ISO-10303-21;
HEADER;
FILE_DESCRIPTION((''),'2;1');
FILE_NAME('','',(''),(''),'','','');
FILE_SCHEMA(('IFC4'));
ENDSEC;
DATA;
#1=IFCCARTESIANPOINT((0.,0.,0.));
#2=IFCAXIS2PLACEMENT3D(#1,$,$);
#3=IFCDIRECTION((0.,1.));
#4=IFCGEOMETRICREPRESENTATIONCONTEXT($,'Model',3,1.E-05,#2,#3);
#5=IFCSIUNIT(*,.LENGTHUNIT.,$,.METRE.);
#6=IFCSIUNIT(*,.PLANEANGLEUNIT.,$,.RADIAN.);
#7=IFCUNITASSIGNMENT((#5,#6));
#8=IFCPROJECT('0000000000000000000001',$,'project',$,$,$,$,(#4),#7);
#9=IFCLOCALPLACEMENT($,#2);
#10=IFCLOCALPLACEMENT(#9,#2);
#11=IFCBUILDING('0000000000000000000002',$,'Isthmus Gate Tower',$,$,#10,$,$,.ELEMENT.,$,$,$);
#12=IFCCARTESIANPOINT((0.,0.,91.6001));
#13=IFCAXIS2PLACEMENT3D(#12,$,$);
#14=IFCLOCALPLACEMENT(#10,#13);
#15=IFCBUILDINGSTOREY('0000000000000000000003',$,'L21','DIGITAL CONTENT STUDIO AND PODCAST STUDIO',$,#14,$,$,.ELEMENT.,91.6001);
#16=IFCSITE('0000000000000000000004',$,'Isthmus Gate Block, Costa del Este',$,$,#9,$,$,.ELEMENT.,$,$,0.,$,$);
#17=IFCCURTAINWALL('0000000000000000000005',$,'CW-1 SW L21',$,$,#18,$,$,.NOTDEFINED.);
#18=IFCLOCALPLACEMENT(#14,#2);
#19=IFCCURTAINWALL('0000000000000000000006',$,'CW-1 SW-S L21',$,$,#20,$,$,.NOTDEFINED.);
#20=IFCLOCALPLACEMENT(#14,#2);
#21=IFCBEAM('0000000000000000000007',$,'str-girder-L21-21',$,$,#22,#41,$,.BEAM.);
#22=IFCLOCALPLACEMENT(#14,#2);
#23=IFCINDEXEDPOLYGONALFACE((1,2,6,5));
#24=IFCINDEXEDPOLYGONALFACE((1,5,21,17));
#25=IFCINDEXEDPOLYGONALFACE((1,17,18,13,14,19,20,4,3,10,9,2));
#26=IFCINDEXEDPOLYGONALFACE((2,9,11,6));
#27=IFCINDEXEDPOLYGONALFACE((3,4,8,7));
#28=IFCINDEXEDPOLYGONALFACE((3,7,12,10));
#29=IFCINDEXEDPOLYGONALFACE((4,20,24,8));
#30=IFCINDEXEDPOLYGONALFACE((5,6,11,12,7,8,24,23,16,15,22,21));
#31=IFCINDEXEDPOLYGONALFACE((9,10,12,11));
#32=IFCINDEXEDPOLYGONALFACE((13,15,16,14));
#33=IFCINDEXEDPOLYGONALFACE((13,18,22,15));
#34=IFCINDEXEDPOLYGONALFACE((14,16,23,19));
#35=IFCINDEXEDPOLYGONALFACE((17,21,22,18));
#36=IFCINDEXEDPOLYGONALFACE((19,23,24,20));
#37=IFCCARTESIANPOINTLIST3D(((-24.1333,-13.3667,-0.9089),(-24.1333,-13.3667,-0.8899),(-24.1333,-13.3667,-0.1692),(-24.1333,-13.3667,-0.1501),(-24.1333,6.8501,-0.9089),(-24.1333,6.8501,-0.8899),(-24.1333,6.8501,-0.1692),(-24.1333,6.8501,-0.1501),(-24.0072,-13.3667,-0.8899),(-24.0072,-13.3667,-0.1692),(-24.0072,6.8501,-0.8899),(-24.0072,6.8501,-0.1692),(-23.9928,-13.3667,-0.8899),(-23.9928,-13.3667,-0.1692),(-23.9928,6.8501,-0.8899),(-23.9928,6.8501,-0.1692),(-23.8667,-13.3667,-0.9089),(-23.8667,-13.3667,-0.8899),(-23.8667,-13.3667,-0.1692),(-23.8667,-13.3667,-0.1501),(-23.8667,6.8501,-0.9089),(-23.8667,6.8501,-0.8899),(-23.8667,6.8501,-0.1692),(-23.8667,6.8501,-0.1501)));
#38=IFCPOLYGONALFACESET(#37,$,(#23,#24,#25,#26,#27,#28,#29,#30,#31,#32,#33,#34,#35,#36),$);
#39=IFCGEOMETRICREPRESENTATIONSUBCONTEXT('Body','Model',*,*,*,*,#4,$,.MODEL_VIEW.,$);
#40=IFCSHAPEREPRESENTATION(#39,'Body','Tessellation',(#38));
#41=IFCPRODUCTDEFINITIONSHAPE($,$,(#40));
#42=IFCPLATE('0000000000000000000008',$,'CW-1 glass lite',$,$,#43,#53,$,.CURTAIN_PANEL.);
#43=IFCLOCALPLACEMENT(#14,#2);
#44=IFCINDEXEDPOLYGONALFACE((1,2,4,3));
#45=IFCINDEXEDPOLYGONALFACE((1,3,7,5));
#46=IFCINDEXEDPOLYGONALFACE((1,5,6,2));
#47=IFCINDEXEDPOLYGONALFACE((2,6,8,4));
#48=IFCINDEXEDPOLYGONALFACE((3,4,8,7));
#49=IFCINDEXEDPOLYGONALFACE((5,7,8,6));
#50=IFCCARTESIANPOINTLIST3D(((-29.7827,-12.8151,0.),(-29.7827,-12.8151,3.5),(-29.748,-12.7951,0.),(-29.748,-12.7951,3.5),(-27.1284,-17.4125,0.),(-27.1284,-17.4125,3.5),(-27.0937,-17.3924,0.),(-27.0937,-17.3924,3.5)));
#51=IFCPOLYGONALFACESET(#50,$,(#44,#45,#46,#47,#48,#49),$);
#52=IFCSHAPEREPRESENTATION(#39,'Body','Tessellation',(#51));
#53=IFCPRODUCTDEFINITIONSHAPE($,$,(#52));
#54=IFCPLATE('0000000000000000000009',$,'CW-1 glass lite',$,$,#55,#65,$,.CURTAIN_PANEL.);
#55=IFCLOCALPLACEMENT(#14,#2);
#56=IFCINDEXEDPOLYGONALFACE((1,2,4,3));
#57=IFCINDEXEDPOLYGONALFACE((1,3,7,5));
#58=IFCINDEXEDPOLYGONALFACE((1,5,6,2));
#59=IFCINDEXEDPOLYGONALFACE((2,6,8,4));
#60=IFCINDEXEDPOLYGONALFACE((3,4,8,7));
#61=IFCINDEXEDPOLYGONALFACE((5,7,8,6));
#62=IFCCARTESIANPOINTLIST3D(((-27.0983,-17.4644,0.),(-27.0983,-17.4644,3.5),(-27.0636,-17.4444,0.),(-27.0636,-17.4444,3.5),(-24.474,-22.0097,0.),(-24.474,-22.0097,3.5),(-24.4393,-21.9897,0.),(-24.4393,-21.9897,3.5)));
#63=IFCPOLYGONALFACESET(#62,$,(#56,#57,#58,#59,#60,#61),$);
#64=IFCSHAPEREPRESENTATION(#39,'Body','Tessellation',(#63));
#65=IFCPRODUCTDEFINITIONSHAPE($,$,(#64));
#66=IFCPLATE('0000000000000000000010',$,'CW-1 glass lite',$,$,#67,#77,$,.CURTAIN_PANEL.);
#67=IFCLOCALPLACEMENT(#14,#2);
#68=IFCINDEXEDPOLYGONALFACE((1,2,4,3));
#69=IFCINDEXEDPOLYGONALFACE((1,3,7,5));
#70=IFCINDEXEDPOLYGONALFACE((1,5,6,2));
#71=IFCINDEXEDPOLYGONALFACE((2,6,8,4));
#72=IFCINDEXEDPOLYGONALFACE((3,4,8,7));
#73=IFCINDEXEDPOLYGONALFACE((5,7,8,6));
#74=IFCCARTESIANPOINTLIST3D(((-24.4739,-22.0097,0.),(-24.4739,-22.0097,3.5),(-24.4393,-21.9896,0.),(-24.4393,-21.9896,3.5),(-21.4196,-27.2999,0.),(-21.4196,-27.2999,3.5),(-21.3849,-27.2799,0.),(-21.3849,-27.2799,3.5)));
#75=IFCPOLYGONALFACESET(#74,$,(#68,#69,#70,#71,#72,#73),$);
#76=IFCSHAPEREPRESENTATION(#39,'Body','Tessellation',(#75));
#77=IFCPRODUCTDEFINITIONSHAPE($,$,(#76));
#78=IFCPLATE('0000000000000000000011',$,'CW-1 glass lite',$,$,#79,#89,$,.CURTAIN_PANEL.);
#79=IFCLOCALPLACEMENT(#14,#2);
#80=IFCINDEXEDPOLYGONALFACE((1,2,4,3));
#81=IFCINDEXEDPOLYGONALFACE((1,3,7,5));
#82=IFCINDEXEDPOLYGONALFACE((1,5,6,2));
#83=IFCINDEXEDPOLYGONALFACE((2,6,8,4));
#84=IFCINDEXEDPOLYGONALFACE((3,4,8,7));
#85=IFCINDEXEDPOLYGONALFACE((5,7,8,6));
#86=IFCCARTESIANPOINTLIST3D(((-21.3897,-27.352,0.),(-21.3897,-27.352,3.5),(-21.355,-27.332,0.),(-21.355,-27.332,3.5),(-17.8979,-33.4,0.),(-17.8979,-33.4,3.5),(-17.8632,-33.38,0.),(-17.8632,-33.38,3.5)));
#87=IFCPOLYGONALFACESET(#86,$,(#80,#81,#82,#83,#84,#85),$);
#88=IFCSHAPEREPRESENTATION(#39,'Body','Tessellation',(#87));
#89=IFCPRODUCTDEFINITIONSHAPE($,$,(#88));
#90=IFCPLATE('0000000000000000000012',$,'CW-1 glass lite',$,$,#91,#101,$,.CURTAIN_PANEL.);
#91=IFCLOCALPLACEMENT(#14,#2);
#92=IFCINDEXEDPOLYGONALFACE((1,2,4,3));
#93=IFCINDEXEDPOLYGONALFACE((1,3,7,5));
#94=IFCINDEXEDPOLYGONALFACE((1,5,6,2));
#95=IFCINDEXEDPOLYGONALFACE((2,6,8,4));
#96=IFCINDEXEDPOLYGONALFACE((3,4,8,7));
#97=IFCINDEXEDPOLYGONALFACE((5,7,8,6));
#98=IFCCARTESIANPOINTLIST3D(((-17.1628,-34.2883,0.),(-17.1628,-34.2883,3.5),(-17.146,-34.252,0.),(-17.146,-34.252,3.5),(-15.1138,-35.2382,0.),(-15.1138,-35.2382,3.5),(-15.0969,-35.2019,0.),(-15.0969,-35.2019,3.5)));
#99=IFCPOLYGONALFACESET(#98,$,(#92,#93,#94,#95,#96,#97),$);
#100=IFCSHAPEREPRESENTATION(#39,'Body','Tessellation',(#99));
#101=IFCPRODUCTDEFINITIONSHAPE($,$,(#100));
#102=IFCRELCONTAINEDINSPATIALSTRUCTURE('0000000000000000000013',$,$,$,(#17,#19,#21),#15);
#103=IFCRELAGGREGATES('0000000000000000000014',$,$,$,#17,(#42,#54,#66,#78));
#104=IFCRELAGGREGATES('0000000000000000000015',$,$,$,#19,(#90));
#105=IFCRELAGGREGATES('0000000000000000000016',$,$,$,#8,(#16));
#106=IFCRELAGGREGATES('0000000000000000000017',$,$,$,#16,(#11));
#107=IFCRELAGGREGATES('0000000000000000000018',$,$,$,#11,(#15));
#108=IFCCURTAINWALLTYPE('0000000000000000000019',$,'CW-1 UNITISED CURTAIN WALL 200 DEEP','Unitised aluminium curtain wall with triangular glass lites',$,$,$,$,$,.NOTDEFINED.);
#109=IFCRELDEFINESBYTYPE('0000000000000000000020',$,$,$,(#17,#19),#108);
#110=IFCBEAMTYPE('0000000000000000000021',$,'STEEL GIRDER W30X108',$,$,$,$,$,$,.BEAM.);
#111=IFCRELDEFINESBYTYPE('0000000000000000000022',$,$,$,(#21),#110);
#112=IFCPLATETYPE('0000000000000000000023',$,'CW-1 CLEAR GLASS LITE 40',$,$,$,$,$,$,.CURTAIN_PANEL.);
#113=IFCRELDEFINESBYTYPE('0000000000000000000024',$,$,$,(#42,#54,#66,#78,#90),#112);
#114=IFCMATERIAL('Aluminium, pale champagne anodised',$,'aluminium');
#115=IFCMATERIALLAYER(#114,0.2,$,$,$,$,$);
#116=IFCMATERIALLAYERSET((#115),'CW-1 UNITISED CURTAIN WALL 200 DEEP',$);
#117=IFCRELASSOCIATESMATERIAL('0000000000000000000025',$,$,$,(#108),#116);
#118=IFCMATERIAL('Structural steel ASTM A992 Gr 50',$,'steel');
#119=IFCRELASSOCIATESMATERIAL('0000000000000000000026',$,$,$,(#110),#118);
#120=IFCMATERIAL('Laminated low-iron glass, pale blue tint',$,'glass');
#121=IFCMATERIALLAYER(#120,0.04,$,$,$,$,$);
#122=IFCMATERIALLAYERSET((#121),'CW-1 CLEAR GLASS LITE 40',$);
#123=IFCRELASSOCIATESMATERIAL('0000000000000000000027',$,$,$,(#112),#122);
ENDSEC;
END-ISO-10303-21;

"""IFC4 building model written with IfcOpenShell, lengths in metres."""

from ifc_helpers import new_model, si_unit, direction, frame, origin, origin_2d, place, context, subcontext, project, spatial, rectangle, i_section, extrude, material, layer, layer_set, material_profile, profile_set, type_object, element, aggregate, save


model = new_model("IFC4")

# Units and contexts
model_context = context("Model", 3, precision=1e-05, world=origin(), true_north=direction((0.0, 1.0)))
body_context = subcontext(model_context, "Body", "Model", "MODEL_VIEW")
ifc_project = project(units=[si_unit("LENGTHUNIT", "METRE"), si_unit("PLANEANGLEUNIT", "RADIAN")], contexts=[model_context])

# Site, building, storey
site_placement = place(None, origin())
site = spatial("IfcSite", under=ifc_project, at=site_placement, Name="Isthmus Gate Block, Costa del Este", CompositionType="ELEMENT", RefElevation=0.0)
building_placement = place(site_placement, origin())
building = spatial("IfcBuilding", under=site, at=building_placement, Name="Isthmus Gate Tower", CompositionType="ELEMENT")
storey_placement = place(building_placement, frame((0.0, 0.0, 91.6001)))
storey = spatial("IfcBuildingStorey", under=building, at=storey_placement, Name="L21", Description="DIGITAL CONTENT STUDIO AND PODCAST STUDIO", CompositionType="ELEMENT", Elevation=91.6001)

# Curtain wall
ifc_material_1 = material(Name="Aluminium, pale champagne anodised", Category="aluminium")
ifc_layer_1 = layer(ifc_material_1, 0.2)
ifc_layer_set_1 = layer_set([ifc_layer_1], Name="CW-1 UNITISED CURTAIN WALL 200 DEEP")
curtain_wall_type = type_object("IfcCurtainWallType", Name="CW-1 UNITISED CURTAIN WALL 200 DEEP", Description="Unitised aluminium curtain wall with triangular glass lites", PredefinedType="NOTDEFINED", material=ifc_layer_set_1)
curtain_wall_1_placement = place(storey_placement, origin())
curtain_wall_1 = element("IfcCurtainWall", 1, at=curtain_wall_1_placement, inside=storey, type_object=curtain_wall_type, Name="CW-1 SW L21", PredefinedType="NOTDEFINED")

# Curtain wall
curtain_wall_2_placement = place(storey_placement, origin())
curtain_wall_2 = element("IfcCurtainWall", 2, at=curtain_wall_2_placement, inside=storey, type_object=curtain_wall_type, Name="CW-1 SW-S L21", PredefinedType="NOTDEFINED")

# Beam
ifc_material_2 = material(Name="Structural steel ASTM A992 Gr 50", Category="steel")
ifc_material_profile_1 = material_profile(ifc_material_2, i_section(OverallWidth=0.2666, OverallDepth=0.7588, WebThickness=0.0144, FlangeThickness=0.019, at=origin_2d()), Name="W30X108")
ifc_profile_set_1 = profile_set([ifc_material_profile_1], Name="Structural steel ASTM A992 Gr 50")
beam_type_1 = type_object("IfcBeamType", Name="STEEL GIRDER W30X108", PredefinedType="BEAM", material=ifc_profile_set_1)
beam_1_placement = place(storey_placement, frame((-24.0, -13.3667, -0.5295), z_axis=(0.0, 1.0, 0.0), x_axis=(-1.0, 0.0, 0.0)))
element("IfcBeam", 3, at=beam_1_placement, inside=storey, type_object=beam_type_1, Name="str-girder-L21-21", PredefinedType="BEAM", context=body_context, shape_type="SweptSolid", body=[
    extrude(i_section(OverallWidth=0.2666, OverallDepth=0.7588, WebThickness=0.0144, FlangeThickness=0.019, at=origin_2d()), origin(), (0.0, 0.0, 1.0), 20.2168),
])

# Plates
ifc_material_3 = material(Name="Laminated low-iron glass, pale blue tint", Category="glass")
ifc_layer_2 = layer(ifc_material_3, 0.04)
ifc_layer_set_2 = layer_set([ifc_layer_2], Name="CW-1 CLEAR GLASS LITE 40")
plate_type = type_object("IfcPlateType", Name="CW-1 CLEAR GLASS LITE 40", PredefinedType="CURTAIN_PANEL", material=ifc_layer_set_2)
plate_1_placement = place(storey_placement, frame((-28.4382, -15.1038, 0.0), z_axis=(0.0, 0.0, 1.0), x_axis=(0.5, -0.866025, 0.0)))
plate_1 = element("IfcPlate", 4, at=plate_1_placement, type_object=plate_type, Name="CW-1 glass lite", PredefinedType="CURTAIN_PANEL", context=body_context, shape_type="SweptSolid", body=[
    extrude(rectangle(XDim=5.3086, YDim=0.04, at=origin_2d()), origin(), (0.0, 0.0, 1.0), 3.5),
])
plate_2_placement = place(storey_placement, frame((-25.7688, -19.7271, 0.0), z_axis=(0.0, 0.0, 1.0), x_axis=(0.5, -0.866025, 0.0)))
plate_2 = element("IfcPlate", 5, at=plate_2_placement, type_object=plate_type, Name="CW-1 glass lite", PredefinedType="CURTAIN_PANEL", context=body_context, shape_type="SweptSolid", body=[
    extrude(rectangle(XDim=5.2485, YDim=0.04, at=origin_2d()), origin(), (0.0, 0.0, 1.0), 3.5),
])
plate_3_placement = place(storey_placement, frame((-22.9294, -24.6448, 0.0), z_axis=(0.0, 0.0, 1.0), x_axis=(0.5, -0.866025, 0.0)))
plate_3 = element("IfcPlate", 6, at=plate_3_placement, type_object=plate_type, Name="CW-1 glass lite", PredefinedType="CURTAIN_PANEL", context=body_context, shape_type="SweptSolid", body=[
    extrude(rectangle(XDim=6.1086, YDim=0.04, at=origin_2d()), origin(), (0.0, 0.0, 1.0), 3.5),
])
plate_4_placement = place(storey_placement, frame((-19.6265, -30.366, 0.0), z_axis=(0.0, 0.0, 1.0), x_axis=(0.5, -0.866025, 0.0)))
plate_4 = element("IfcPlate", 7, at=plate_4_placement, type_object=plate_type, Name="CW-1 glass lite", PredefinedType="CURTAIN_PANEL", context=body_context, shape_type="SweptSolid", body=[
    extrude(rectangle(XDim=6.9836, YDim=0.04, at=origin_2d()), origin(), (0.0, 0.0, 1.0), 3.5),
])
aggregate(curtain_wall_1, [plate_1, plate_2, plate_3, plate_4])
plate_5_placement = place(storey_placement, frame((-16.1299, -34.7451, 0.0), z_axis=(0.0, 0.0, 1.0), x_axis=(0.907256, -0.420578, 0.0)))
plate_5 = element("IfcPlate", 8, at=plate_5_placement, type_object=plate_type, Name="CW-1 glass lite", PredefinedType="CURTAIN_PANEL", context=body_context, shape_type="SweptSolid", body=[
    extrude(rectangle(XDim=2.2585, YDim=0.04, at=origin_2d()), origin(), (0.0, 0.0, 1.0), 3.5),
])
aggregate(curtain_wall_2, [plate_5])

save(model, "model.ifc")
